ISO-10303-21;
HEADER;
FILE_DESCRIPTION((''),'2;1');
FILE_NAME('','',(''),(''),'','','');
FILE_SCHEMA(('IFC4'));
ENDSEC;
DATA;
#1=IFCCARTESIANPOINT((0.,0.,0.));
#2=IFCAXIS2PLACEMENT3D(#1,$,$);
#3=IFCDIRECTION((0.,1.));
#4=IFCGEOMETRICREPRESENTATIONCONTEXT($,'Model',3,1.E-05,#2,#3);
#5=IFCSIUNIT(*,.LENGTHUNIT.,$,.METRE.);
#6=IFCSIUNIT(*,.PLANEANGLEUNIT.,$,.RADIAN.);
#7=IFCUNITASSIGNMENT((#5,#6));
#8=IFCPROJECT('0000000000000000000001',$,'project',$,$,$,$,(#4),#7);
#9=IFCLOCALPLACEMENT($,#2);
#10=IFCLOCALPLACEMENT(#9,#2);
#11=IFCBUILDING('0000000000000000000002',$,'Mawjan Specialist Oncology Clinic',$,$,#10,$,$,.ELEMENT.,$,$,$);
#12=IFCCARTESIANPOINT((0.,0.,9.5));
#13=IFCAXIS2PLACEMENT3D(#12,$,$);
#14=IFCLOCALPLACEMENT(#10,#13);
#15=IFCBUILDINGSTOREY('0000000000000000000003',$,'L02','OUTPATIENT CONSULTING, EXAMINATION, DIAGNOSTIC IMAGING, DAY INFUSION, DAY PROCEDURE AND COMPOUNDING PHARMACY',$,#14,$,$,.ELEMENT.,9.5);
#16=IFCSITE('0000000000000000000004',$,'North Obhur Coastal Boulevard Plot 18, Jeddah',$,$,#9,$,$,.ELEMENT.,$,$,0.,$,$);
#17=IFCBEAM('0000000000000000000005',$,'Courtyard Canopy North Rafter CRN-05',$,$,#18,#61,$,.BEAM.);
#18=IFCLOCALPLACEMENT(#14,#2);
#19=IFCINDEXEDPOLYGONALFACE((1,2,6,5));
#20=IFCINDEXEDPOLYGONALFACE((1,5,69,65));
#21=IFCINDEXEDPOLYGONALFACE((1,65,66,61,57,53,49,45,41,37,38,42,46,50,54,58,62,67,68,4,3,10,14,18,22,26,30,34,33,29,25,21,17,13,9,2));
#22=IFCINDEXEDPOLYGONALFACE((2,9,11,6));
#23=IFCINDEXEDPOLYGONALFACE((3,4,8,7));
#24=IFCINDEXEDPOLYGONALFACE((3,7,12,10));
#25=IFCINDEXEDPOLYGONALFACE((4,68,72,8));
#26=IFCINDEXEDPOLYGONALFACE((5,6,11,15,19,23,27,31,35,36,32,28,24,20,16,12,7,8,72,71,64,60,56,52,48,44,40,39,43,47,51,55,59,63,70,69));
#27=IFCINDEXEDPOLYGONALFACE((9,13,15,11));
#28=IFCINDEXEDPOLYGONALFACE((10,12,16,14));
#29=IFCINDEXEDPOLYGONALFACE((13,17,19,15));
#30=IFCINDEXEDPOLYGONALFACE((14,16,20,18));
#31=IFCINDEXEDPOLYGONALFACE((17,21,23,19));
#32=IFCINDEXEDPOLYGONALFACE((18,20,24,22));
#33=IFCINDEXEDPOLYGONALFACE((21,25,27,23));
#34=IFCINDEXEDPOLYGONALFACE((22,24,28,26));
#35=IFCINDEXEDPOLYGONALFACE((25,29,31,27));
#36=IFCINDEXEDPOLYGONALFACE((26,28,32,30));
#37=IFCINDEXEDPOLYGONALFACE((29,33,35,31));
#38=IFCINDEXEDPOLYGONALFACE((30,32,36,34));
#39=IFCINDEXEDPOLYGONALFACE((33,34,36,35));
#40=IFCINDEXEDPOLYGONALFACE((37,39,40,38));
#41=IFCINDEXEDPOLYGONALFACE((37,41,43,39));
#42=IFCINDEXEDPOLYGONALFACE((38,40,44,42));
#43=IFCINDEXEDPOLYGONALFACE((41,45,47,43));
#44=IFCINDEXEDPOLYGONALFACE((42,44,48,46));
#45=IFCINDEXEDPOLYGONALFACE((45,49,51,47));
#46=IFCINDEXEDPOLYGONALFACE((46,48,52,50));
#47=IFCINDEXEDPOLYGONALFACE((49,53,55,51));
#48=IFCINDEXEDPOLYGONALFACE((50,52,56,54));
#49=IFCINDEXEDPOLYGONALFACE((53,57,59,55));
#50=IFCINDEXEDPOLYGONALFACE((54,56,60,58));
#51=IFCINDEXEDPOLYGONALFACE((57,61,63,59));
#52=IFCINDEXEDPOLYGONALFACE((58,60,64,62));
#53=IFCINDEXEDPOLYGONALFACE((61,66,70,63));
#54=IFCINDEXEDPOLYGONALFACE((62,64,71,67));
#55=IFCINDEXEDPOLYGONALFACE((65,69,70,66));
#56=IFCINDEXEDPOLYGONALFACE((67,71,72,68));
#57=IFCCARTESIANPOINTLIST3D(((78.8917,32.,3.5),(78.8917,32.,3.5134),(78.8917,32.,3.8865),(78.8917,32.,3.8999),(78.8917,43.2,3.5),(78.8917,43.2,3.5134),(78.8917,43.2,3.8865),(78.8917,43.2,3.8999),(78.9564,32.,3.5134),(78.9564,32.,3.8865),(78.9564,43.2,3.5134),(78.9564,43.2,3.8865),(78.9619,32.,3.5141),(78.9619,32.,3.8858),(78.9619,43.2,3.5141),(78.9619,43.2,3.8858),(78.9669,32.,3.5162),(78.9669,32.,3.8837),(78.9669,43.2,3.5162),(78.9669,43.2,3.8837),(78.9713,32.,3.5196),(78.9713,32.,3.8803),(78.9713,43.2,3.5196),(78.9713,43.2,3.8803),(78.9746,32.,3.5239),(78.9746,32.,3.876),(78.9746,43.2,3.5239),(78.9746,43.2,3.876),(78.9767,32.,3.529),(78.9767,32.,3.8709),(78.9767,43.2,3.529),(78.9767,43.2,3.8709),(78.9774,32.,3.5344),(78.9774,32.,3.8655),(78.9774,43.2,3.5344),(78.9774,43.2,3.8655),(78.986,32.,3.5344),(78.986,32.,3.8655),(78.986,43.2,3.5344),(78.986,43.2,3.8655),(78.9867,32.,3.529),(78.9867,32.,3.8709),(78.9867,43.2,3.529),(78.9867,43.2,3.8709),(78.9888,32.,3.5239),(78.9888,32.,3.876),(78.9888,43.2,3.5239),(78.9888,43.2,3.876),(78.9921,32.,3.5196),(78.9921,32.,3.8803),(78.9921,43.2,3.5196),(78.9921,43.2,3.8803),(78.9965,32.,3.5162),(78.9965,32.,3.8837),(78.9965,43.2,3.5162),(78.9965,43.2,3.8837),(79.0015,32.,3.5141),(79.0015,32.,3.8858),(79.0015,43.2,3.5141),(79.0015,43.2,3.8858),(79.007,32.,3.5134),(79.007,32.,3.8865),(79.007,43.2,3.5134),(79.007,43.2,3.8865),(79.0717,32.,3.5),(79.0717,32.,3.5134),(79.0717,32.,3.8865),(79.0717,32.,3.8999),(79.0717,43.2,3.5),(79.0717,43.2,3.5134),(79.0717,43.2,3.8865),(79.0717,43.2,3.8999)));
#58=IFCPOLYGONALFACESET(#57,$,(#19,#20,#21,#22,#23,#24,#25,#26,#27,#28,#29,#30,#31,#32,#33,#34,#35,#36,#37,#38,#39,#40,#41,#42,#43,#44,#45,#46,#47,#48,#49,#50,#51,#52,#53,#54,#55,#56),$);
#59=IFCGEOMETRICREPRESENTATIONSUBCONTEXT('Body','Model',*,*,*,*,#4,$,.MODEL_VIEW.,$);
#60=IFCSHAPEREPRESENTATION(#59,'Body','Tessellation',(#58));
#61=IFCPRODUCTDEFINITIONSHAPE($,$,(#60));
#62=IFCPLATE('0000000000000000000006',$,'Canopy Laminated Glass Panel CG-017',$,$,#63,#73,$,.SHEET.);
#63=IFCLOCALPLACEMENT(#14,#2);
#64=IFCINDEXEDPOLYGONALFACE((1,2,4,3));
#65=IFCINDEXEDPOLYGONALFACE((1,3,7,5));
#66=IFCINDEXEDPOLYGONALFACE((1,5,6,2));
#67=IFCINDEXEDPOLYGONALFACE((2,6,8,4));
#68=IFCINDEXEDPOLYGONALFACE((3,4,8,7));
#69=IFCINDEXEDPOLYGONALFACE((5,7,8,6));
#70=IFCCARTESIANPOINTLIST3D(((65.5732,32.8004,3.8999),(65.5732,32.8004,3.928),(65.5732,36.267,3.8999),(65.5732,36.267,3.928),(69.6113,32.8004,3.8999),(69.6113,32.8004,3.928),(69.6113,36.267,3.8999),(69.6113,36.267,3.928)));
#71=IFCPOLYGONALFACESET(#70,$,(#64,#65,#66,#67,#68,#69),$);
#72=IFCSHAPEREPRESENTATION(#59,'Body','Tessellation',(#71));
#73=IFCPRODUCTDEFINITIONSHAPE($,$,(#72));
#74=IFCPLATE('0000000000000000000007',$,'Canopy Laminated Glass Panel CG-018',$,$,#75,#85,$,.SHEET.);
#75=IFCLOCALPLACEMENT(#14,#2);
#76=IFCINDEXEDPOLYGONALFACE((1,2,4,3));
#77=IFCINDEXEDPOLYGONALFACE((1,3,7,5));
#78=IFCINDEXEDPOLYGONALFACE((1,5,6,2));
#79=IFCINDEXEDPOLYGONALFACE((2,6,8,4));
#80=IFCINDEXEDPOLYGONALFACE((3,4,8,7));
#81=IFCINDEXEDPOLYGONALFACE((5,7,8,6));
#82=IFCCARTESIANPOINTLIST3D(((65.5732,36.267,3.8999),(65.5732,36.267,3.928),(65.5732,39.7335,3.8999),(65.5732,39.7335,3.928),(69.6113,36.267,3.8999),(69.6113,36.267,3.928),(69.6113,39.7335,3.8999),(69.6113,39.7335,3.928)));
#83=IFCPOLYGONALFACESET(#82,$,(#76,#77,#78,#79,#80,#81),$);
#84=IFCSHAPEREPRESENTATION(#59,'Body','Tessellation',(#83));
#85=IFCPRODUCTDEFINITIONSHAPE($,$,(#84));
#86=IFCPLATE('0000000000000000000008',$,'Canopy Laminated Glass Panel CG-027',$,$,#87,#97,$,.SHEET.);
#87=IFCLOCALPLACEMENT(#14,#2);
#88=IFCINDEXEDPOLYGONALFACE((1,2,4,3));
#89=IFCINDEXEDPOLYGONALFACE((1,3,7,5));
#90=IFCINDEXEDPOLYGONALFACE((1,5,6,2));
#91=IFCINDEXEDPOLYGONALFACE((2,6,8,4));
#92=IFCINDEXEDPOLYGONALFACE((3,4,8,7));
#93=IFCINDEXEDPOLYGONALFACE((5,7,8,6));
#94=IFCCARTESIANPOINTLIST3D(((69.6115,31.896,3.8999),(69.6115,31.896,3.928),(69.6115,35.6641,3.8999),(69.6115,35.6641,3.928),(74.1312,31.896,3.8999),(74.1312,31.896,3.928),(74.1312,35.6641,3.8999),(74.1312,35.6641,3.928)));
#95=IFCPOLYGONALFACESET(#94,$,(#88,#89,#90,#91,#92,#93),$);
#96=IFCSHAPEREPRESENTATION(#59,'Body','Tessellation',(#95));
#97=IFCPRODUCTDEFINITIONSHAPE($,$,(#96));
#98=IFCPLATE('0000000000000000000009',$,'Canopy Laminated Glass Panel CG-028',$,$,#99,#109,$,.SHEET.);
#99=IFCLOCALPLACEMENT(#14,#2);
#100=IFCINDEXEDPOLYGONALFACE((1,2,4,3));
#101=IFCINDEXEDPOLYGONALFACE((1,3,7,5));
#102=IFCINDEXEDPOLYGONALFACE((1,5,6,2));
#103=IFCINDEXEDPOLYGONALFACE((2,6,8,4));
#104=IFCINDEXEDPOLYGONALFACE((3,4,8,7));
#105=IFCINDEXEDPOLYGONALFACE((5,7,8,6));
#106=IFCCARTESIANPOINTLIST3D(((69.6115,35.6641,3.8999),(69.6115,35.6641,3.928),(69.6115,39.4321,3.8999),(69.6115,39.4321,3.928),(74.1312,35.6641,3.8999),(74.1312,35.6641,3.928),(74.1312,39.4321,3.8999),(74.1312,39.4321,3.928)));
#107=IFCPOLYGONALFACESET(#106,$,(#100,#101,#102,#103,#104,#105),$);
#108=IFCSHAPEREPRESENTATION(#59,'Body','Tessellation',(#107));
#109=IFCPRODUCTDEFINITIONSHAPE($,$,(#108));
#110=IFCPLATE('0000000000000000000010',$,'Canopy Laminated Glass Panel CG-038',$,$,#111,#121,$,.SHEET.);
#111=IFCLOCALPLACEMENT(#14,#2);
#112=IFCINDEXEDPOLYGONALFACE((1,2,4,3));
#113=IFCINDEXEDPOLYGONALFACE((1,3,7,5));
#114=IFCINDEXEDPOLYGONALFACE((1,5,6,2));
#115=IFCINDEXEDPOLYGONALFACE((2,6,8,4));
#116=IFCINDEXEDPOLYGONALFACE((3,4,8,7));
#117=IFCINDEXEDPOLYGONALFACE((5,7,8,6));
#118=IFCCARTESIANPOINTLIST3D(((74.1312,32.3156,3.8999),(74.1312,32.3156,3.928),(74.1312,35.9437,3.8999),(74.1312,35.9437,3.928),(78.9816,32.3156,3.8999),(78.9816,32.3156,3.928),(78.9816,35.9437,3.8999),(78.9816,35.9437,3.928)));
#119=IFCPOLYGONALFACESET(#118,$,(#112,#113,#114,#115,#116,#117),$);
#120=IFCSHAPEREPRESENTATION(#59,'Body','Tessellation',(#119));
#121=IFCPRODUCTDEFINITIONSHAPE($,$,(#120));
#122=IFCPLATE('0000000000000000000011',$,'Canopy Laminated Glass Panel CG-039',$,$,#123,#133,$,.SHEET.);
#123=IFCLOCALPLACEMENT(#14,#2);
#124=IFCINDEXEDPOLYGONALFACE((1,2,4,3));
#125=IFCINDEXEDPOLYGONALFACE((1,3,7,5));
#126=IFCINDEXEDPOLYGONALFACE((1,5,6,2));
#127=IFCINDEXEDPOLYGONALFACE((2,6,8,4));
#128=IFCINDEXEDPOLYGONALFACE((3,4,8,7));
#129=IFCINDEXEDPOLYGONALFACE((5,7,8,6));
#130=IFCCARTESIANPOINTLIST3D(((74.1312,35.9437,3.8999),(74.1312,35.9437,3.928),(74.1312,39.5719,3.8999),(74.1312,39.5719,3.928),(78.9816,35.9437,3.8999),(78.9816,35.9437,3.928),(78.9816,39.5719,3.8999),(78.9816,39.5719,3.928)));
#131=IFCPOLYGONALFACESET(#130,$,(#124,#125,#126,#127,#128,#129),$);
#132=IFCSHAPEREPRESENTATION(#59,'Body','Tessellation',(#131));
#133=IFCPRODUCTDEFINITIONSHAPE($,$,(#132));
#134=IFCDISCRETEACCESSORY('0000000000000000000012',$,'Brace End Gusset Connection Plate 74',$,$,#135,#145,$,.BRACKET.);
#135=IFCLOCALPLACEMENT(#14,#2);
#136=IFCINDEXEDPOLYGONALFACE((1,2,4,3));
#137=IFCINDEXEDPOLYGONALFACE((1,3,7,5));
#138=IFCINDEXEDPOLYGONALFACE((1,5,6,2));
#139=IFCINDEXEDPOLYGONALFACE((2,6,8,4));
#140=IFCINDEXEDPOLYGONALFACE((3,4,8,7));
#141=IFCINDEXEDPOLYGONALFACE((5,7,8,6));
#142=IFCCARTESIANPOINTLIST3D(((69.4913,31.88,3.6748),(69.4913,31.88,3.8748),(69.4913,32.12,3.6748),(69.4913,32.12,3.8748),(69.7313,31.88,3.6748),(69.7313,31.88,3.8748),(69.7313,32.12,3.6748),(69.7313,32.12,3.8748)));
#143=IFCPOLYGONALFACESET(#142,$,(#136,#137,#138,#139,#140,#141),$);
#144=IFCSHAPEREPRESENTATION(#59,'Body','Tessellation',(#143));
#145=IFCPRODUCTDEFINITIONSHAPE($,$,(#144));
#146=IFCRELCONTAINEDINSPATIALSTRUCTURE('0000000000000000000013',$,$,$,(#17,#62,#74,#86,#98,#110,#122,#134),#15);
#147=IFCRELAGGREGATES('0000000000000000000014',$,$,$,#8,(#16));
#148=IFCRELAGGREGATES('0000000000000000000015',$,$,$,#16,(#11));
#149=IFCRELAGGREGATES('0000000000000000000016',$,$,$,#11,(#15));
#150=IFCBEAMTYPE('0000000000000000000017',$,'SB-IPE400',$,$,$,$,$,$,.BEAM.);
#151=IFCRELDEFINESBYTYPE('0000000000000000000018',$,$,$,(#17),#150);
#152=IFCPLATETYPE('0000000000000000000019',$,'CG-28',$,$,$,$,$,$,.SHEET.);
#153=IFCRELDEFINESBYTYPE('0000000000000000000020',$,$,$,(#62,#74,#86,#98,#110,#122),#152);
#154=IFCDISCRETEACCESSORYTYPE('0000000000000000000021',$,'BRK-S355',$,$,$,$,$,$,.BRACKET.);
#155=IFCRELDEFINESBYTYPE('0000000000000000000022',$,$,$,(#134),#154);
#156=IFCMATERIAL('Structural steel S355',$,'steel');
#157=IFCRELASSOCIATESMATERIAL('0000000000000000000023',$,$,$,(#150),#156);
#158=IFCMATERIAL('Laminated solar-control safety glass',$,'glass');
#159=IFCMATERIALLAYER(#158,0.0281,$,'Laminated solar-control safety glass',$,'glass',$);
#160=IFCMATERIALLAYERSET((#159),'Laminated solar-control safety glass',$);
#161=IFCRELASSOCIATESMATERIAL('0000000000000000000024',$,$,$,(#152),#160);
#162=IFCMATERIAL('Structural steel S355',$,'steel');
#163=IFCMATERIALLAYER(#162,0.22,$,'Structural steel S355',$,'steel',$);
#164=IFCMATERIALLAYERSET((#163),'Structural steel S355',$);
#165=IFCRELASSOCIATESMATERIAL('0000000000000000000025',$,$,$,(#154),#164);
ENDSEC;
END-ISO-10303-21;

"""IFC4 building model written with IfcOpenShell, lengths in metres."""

from ifc_helpers import new_model, si_unit, direction, frame, origin, origin_2d, place, context, subcontext, project, spatial, rectangle, i_section, extrude, material, layer, layer_set, material_profile, profile_set, type_object, element, save


model = new_model("IFC4")

# Units and contexts
model_context = context("Model", 3, precision=1e-05, world=origin(), true_north=direction((0.0, 1.0)))
body_context = subcontext(model_context, "Body", "Model", "MODEL_VIEW")
ifc_project = project(units=[si_unit("LENGTHUNIT", "METRE"), si_unit("PLANEANGLEUNIT", "RADIAN")], contexts=[model_context])

# Site, building, storey
site_placement = place(None, origin())
site = spatial("IfcSite", under=ifc_project, at=site_placement, Name="North Obhur Coastal Boulevard Plot 18, Jeddah", CompositionType="ELEMENT", RefElevation=0.0)
building_placement = place(site_placement, origin())
building = spatial("IfcBuilding", under=site, at=building_placement, Name="Mawjan Specialist Oncology Clinic", CompositionType="ELEMENT")
storey_placement = place(building_placement, frame((0.0, 0.0, 9.5)))
storey = spatial("IfcBuildingStorey", under=building, at=storey_placement, Name="L02", Description="OUTPATIENT CONSULTING, EXAMINATION, DIAGNOSTIC IMAGING, DAY INFUSION, DAY PROCEDURE AND COMPOUNDING PHARMACY", CompositionType="ELEMENT", Elevation=9.5)

# Beam
ifc_material_1 = material(Name="Structural steel S355", Category="steel")
ifc_material_profile_1 = material_profile(ifc_material_1, i_section(OverallWidth=0.1799, OverallDepth=0.3999, WebThickness=0.0085, FlangeThickness=0.0134, FilletRadius=0.021, at=origin_2d()), Name="IPE 400", Category="steel")
ifc_profile_set_1 = profile_set([ifc_material_profile_1], Name="Structural steel S355")
beam_type_1 = type_object("IfcBeamType", Name="SB-IPE400", PredefinedType="BEAM", material=ifc_profile_set_1)
for number, where, z_axis, x_axis, name in (
    (1, (78.9817, 32.0, 3.7), (0.0, 1.0, 0.0), (-1.0, 0.0, 0.0), "Courtyard Canopy North Rafter CRN-05"),
):
    element("IfcBeam", number, at=place(storey_placement, frame(where, z_axis=z_axis, x_axis=x_axis)), inside=storey, type_object=beam_type_1, Name=name, PredefinedType="BEAM", context=body_context, shape_type="SweptSolid", body=[
        extrude(i_section(OverallWidth=0.1799, OverallDepth=0.3999, WebThickness=0.0085, FlangeThickness=0.0134, FilletRadius=0.021, at=origin_2d()), origin(), (0.0, 0.0, 1.0), 11.2),
    ])

# Plates
ifc_material_2 = material(Name="Laminated solar-control safety glass", Category="glass")
ifc_layer_1 = layer(ifc_material_2, 0.0281, Name="Laminated solar-control safety glass", Category="glass")
ifc_layer_set_1 = layer_set([ifc_layer_1], Name="Laminated solar-control safety glass")
plate_type = type_object("IfcPlateType", Name="CG-28", PredefinedType="SHEET", material=ifc_layer_set_1)
for number, where, z_axis, x_axis, name in (
    (2, (67.5923, 34.5337, 3.8999), (0.0, 0.0, 1.0), (1.0, 0.0, 0.0), "Canopy Laminated Glass Panel CG-017"),
    (3, (67.5923, 38.0002, 3.8999), (0.0, 0.0, 1.0), (1.0, 0.0, 0.0), "Canopy Laminated Glass Panel CG-018"),
):
    element("IfcPlate", number, at=place(storey_placement, frame(where, z_axis=z_axis, x_axis=x_axis)), inside=storey, type_object=plate_type, Name=name, PredefinedType="SHEET", context=body_context, shape_type="SweptSolid", body=[
        extrude(rectangle(XDim=4.0381, YDim=3.4666, at=origin_2d()), origin(), (0.0, 0.0, 1.0), 0.0281),
    ])
for number, where, z_axis, x_axis, name in (
    (4, (71.8713, 33.78, 3.8999), (0.0, 0.0, 1.0), (1.0, 0.0, 0.0), "Canopy Laminated Glass Panel CG-027"),
    (5, (71.8713, 37.5481, 3.8999), (0.0, 0.0, 1.0), (1.0, 0.0, 0.0), "Canopy Laminated Glass Panel CG-028"),
):
    element("IfcPlate", number, at=place(storey_placement, frame(where, z_axis=z_axis, x_axis=x_axis)), inside=storey, type_object=plate_type, Name=name, PredefinedType="SHEET", context=body_context, shape_type="SweptSolid", body=[
        extrude(rectangle(XDim=4.5198, YDim=3.7681, at=origin_2d()), origin(), (0.0, 0.0, 1.0), 0.0281),
    ])
for number, where, z_axis, x_axis, name in (
    (6, (76.5564, 34.1296, 3.8999), (0.0, 0.0, 1.0), (1.0, 0.0, 0.0), "Canopy Laminated Glass Panel CG-038"),
    (7, (76.5564, 37.7578, 3.8999), (0.0, 0.0, 1.0), (1.0, 0.0, 0.0), "Canopy Laminated Glass Panel CG-039"),
):
    element("IfcPlate", number, at=place(storey_placement, frame(where, z_axis=z_axis, x_axis=x_axis)), inside=storey, type_object=plate_type, Name=name, PredefinedType="SHEET", context=body_context, shape_type="SweptSolid", body=[
        extrude(rectangle(XDim=4.8503, YDim=3.6282, at=origin_2d()), origin(), (0.0, 0.0, 1.0), 0.0281),
    ])

# Discrete accessory
ifc_material_3 = material(Name="Structural steel S355", Category="steel")
ifc_layer_2 = layer(ifc_material_3, 0.22, Name="Structural steel S355", Category="steel")
ifc_layer_set_2 = layer_set([ifc_layer_2], Name="Structural steel S355")
discrete_accessory_type = type_object("IfcDiscreteAccessoryType", Name="BRK-S355", PredefinedType="BRACKET", material=ifc_layer_set_2)
discrete_accessory_placement = place(storey_placement, frame((69.6113, 32.0, 3.6748), z_axis=(0.0, 0.0, 1.0), x_axis=(1.0, 0.0, 0.0)))
element("IfcDiscreteAccessory", 8, at=discrete_accessory_placement, inside=storey, type_object=discrete_accessory_type, Name="Brace End Gusset Connection Plate 74", PredefinedType="BRACKET", context=body_context, shape_type="SweptSolid", body=[
    extrude(rectangle(XDim=0.24, YDim=0.24, at=origin_2d()), origin(), (0.0, 0.0, 1.0), 0.2),
])

save(model, "model.ifc")
